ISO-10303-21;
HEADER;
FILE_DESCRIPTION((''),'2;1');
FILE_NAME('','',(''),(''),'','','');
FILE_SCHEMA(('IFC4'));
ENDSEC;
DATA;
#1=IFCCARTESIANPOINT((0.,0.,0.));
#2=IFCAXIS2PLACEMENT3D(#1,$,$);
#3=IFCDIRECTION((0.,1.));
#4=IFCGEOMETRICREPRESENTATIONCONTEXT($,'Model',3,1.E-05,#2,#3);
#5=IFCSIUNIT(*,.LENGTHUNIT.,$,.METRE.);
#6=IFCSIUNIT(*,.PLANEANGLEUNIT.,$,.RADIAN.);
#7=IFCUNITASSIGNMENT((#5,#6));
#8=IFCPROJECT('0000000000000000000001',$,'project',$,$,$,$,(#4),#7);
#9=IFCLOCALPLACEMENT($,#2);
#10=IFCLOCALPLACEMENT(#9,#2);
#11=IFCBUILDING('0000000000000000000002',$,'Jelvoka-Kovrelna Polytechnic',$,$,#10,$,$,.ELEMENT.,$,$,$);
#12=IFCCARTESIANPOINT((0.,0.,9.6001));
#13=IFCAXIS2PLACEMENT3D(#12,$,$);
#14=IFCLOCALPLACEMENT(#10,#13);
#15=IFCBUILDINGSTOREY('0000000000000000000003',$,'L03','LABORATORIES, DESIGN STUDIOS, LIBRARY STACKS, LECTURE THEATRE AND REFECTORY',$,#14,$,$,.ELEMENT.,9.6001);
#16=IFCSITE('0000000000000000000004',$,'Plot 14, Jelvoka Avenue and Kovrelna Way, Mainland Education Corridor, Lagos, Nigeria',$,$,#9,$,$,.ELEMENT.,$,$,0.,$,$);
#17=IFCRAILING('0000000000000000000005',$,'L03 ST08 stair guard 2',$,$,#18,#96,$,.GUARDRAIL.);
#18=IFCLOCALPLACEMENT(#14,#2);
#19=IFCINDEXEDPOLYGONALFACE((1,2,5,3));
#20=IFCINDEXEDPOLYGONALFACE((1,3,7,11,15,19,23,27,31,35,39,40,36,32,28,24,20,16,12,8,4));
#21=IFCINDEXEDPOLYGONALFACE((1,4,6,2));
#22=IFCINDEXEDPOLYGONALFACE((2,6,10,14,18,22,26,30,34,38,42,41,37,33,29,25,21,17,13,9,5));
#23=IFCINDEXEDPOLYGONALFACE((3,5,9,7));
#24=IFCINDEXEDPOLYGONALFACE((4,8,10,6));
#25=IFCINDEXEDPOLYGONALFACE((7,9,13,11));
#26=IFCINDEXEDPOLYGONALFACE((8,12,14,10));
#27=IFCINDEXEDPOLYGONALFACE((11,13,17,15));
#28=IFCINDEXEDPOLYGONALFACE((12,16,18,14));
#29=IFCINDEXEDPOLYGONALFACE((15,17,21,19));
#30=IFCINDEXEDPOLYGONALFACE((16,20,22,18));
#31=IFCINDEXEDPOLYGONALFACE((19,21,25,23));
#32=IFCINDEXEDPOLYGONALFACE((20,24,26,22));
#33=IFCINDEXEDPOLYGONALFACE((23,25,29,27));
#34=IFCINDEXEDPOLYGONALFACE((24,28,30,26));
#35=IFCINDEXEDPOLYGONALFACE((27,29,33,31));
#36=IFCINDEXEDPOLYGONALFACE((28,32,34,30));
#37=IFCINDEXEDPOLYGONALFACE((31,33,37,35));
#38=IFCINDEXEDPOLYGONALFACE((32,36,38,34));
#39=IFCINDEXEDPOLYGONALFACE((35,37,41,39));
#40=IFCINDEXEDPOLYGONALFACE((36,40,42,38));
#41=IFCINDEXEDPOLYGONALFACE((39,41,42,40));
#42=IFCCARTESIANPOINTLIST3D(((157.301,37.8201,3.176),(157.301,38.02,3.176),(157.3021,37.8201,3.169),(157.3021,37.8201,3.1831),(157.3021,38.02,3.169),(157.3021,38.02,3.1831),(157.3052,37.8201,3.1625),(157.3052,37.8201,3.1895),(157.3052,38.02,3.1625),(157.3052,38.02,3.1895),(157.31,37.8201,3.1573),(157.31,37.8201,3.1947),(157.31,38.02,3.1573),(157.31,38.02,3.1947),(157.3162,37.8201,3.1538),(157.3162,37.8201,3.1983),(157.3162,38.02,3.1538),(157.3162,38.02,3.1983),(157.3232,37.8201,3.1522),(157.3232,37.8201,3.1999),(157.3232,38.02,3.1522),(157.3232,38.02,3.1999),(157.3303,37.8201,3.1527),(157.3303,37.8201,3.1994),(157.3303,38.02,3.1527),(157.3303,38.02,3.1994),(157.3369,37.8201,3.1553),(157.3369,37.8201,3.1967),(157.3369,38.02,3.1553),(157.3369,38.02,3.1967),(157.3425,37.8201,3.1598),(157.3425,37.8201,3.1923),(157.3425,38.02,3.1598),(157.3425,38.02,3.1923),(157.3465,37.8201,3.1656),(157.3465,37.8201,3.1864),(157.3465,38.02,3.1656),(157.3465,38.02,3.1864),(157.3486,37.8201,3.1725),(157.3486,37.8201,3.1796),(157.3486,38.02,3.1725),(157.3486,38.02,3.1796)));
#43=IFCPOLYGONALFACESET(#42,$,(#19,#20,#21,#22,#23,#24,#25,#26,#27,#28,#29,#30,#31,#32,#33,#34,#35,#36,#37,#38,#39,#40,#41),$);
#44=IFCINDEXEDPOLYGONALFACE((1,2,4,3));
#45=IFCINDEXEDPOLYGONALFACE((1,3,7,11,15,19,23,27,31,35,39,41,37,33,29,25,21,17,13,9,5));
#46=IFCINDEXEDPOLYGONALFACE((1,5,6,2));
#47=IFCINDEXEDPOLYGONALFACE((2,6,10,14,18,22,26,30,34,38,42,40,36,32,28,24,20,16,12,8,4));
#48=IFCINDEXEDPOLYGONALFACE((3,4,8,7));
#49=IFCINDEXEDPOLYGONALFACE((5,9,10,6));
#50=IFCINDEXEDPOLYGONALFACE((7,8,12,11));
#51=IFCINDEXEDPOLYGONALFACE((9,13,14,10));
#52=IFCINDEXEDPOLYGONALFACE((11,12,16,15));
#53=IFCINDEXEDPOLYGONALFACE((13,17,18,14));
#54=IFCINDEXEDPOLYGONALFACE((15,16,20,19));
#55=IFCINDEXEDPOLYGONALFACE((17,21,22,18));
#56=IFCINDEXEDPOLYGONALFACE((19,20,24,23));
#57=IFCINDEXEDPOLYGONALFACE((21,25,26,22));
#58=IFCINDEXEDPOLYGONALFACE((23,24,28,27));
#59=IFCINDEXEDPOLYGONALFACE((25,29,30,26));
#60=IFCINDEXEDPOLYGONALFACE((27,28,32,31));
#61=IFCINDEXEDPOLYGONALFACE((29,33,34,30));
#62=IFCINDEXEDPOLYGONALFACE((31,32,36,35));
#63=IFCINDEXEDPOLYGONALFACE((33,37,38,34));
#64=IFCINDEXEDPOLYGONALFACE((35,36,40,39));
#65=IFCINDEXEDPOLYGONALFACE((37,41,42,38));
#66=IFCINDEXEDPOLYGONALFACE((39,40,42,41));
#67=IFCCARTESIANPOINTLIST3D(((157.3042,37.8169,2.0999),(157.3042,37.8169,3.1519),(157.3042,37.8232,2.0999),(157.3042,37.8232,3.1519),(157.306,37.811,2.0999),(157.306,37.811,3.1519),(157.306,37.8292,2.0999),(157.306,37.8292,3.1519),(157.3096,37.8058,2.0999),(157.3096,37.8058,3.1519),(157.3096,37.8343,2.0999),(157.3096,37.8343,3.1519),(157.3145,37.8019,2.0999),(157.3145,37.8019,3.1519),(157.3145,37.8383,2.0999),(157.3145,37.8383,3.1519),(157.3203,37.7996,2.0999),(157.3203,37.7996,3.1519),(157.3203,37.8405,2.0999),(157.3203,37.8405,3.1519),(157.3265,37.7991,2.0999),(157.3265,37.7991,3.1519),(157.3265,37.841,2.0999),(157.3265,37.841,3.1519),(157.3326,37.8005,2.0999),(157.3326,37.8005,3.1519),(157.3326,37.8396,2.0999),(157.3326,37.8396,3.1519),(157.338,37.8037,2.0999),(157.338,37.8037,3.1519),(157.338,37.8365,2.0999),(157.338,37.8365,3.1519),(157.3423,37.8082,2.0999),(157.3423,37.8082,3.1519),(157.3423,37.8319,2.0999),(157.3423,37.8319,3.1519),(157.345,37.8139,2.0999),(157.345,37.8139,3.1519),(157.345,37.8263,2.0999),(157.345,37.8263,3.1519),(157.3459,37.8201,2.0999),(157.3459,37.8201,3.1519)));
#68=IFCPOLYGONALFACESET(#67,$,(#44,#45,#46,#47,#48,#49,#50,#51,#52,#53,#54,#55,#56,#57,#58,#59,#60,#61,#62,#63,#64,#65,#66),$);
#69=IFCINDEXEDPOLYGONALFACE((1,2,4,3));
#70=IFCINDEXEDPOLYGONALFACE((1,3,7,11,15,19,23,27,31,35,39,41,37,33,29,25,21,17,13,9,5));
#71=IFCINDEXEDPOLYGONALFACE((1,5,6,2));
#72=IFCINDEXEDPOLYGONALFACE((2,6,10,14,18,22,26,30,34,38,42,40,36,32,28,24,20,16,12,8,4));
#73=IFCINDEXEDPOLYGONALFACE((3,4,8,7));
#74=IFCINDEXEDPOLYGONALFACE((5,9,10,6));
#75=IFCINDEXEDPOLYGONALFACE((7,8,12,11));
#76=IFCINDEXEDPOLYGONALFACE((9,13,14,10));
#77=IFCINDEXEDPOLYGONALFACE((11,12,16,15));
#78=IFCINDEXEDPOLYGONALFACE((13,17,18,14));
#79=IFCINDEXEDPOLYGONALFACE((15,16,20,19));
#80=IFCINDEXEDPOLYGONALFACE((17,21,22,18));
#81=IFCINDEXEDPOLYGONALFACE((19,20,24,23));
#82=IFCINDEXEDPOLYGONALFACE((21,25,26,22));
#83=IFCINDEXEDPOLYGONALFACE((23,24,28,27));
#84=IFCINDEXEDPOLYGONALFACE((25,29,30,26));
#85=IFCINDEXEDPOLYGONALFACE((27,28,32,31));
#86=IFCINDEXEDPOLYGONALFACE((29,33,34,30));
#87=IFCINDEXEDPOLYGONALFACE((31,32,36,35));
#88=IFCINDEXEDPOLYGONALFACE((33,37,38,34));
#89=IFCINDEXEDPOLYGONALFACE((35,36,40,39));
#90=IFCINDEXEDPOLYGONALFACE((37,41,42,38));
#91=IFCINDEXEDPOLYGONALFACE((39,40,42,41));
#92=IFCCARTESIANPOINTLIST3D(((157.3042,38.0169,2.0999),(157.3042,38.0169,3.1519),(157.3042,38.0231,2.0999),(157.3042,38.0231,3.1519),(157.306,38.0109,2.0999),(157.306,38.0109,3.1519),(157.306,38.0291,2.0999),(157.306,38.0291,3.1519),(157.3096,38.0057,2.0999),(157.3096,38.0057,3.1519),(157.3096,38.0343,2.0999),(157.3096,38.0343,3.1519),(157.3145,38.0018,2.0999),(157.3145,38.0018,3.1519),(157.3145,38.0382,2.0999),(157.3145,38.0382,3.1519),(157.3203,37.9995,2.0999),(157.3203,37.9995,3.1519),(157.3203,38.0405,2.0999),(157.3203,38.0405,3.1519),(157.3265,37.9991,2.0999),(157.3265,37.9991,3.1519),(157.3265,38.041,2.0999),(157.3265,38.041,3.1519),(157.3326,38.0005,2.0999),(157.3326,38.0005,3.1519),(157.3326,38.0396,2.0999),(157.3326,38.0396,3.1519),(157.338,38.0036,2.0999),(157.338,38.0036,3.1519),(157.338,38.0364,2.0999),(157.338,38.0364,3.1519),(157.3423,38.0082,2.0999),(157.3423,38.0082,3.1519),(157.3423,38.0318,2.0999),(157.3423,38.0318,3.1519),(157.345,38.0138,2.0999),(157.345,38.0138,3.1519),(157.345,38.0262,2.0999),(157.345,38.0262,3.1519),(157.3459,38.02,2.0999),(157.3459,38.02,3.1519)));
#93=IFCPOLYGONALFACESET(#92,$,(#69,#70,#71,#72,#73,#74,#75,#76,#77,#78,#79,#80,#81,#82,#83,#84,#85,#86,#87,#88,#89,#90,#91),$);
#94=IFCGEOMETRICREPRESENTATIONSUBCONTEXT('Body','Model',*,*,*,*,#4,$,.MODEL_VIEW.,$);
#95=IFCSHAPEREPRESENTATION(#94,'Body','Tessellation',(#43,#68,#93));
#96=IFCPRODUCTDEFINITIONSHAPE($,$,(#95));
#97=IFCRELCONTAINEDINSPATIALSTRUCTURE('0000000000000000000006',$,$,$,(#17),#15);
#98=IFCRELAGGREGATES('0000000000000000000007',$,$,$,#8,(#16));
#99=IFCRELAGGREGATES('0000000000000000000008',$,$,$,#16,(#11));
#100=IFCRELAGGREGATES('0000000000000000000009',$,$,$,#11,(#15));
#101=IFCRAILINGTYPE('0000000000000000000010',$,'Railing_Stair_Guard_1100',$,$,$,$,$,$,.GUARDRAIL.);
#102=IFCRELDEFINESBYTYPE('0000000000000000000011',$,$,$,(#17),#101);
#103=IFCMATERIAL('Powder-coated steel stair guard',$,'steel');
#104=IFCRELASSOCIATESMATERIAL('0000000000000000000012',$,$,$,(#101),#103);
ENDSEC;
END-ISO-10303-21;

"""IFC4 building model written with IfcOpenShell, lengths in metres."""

from ifc_helpers import new_model, si_unit, direction, frame, origin, origin_2d, place, context, subcontext, project, spatial, circle, extrude, material, type_object, element, save


model = new_model("IFC4")

# Units and contexts
model_context = context("Model", 3, precision=1e-05, world=origin(), true_north=direction((0.0, 1.0)))
body_context = subcontext(model_context, "Body", "Model", "MODEL_VIEW")
ifc_project = project(units=[si_unit("LENGTHUNIT", "METRE"), si_unit("PLANEANGLEUNIT", "RADIAN")], contexts=[model_context])

# Site, building, storey
site_placement = place(None, origin())
site = spatial("IfcSite", under=ifc_project, at=site_placement, Name="Plot 14, Jelvoka Avenue and Kovrelna Way, Mainland Education Corridor, Lagos, Nigeria", CompositionType="ELEMENT", RefElevation=0.0)
building_placement = place(site_placement, origin())
building = spatial("IfcBuilding", under=site, at=building_placement, Name="Jelvoka-Kovrelna Polytechnic", CompositionType="ELEMENT")
storey_placement = place(building_placement, frame((0.0, 0.0, 9.6001)))
storey = spatial("IfcBuildingStorey", under=building, at=storey_placement, Name="L03", Description="LABORATORIES, DESIGN STUDIOS, LIBRARY STACKS, LECTURE THEATRE AND REFECTORY", CompositionType="ELEMENT", Elevation=9.6001)

# Railing
ifc_material_1 = material(Name="Powder-coated steel stair guard", Category="steel")
railing_type_1 = type_object("IfcRailingType", Name="Railing_Stair_Guard_1100", PredefinedType="GUARDRAIL", material=ifc_material_1)
railing_1_placement = place(storey_placement, frame((157.325, 37.8201, 2.0999)))
element("IfcRailing", 1, at=railing_1_placement, inside=storey, type_object=railing_type_1, Name="L03 ST08 stair guard 2", PredefinedType="GUARDRAIL", context=body_context, shape_type="SweptSolid", body=[
    extrude(circle(Radius=0.0239, at=origin_2d()), frame((0.0, 0.0, 1.0762), z_axis=(0.0, 1.0, 0.0), x_axis=(-1.0, 0.0, 0.0)), (0.0, 0.0, 1.0), 0.2),
    extrude(circle(Radius=0.021, at=origin_2d()), origin(), (0.0, 0.0, 1.0), 1.052),
    extrude(circle(Radius=0.021, at=origin_2d()), frame((0.0, 0.2, 0.0)), (0.0, 0.0, 1.0), 1.052),
])

save(model, "model.ifc")
